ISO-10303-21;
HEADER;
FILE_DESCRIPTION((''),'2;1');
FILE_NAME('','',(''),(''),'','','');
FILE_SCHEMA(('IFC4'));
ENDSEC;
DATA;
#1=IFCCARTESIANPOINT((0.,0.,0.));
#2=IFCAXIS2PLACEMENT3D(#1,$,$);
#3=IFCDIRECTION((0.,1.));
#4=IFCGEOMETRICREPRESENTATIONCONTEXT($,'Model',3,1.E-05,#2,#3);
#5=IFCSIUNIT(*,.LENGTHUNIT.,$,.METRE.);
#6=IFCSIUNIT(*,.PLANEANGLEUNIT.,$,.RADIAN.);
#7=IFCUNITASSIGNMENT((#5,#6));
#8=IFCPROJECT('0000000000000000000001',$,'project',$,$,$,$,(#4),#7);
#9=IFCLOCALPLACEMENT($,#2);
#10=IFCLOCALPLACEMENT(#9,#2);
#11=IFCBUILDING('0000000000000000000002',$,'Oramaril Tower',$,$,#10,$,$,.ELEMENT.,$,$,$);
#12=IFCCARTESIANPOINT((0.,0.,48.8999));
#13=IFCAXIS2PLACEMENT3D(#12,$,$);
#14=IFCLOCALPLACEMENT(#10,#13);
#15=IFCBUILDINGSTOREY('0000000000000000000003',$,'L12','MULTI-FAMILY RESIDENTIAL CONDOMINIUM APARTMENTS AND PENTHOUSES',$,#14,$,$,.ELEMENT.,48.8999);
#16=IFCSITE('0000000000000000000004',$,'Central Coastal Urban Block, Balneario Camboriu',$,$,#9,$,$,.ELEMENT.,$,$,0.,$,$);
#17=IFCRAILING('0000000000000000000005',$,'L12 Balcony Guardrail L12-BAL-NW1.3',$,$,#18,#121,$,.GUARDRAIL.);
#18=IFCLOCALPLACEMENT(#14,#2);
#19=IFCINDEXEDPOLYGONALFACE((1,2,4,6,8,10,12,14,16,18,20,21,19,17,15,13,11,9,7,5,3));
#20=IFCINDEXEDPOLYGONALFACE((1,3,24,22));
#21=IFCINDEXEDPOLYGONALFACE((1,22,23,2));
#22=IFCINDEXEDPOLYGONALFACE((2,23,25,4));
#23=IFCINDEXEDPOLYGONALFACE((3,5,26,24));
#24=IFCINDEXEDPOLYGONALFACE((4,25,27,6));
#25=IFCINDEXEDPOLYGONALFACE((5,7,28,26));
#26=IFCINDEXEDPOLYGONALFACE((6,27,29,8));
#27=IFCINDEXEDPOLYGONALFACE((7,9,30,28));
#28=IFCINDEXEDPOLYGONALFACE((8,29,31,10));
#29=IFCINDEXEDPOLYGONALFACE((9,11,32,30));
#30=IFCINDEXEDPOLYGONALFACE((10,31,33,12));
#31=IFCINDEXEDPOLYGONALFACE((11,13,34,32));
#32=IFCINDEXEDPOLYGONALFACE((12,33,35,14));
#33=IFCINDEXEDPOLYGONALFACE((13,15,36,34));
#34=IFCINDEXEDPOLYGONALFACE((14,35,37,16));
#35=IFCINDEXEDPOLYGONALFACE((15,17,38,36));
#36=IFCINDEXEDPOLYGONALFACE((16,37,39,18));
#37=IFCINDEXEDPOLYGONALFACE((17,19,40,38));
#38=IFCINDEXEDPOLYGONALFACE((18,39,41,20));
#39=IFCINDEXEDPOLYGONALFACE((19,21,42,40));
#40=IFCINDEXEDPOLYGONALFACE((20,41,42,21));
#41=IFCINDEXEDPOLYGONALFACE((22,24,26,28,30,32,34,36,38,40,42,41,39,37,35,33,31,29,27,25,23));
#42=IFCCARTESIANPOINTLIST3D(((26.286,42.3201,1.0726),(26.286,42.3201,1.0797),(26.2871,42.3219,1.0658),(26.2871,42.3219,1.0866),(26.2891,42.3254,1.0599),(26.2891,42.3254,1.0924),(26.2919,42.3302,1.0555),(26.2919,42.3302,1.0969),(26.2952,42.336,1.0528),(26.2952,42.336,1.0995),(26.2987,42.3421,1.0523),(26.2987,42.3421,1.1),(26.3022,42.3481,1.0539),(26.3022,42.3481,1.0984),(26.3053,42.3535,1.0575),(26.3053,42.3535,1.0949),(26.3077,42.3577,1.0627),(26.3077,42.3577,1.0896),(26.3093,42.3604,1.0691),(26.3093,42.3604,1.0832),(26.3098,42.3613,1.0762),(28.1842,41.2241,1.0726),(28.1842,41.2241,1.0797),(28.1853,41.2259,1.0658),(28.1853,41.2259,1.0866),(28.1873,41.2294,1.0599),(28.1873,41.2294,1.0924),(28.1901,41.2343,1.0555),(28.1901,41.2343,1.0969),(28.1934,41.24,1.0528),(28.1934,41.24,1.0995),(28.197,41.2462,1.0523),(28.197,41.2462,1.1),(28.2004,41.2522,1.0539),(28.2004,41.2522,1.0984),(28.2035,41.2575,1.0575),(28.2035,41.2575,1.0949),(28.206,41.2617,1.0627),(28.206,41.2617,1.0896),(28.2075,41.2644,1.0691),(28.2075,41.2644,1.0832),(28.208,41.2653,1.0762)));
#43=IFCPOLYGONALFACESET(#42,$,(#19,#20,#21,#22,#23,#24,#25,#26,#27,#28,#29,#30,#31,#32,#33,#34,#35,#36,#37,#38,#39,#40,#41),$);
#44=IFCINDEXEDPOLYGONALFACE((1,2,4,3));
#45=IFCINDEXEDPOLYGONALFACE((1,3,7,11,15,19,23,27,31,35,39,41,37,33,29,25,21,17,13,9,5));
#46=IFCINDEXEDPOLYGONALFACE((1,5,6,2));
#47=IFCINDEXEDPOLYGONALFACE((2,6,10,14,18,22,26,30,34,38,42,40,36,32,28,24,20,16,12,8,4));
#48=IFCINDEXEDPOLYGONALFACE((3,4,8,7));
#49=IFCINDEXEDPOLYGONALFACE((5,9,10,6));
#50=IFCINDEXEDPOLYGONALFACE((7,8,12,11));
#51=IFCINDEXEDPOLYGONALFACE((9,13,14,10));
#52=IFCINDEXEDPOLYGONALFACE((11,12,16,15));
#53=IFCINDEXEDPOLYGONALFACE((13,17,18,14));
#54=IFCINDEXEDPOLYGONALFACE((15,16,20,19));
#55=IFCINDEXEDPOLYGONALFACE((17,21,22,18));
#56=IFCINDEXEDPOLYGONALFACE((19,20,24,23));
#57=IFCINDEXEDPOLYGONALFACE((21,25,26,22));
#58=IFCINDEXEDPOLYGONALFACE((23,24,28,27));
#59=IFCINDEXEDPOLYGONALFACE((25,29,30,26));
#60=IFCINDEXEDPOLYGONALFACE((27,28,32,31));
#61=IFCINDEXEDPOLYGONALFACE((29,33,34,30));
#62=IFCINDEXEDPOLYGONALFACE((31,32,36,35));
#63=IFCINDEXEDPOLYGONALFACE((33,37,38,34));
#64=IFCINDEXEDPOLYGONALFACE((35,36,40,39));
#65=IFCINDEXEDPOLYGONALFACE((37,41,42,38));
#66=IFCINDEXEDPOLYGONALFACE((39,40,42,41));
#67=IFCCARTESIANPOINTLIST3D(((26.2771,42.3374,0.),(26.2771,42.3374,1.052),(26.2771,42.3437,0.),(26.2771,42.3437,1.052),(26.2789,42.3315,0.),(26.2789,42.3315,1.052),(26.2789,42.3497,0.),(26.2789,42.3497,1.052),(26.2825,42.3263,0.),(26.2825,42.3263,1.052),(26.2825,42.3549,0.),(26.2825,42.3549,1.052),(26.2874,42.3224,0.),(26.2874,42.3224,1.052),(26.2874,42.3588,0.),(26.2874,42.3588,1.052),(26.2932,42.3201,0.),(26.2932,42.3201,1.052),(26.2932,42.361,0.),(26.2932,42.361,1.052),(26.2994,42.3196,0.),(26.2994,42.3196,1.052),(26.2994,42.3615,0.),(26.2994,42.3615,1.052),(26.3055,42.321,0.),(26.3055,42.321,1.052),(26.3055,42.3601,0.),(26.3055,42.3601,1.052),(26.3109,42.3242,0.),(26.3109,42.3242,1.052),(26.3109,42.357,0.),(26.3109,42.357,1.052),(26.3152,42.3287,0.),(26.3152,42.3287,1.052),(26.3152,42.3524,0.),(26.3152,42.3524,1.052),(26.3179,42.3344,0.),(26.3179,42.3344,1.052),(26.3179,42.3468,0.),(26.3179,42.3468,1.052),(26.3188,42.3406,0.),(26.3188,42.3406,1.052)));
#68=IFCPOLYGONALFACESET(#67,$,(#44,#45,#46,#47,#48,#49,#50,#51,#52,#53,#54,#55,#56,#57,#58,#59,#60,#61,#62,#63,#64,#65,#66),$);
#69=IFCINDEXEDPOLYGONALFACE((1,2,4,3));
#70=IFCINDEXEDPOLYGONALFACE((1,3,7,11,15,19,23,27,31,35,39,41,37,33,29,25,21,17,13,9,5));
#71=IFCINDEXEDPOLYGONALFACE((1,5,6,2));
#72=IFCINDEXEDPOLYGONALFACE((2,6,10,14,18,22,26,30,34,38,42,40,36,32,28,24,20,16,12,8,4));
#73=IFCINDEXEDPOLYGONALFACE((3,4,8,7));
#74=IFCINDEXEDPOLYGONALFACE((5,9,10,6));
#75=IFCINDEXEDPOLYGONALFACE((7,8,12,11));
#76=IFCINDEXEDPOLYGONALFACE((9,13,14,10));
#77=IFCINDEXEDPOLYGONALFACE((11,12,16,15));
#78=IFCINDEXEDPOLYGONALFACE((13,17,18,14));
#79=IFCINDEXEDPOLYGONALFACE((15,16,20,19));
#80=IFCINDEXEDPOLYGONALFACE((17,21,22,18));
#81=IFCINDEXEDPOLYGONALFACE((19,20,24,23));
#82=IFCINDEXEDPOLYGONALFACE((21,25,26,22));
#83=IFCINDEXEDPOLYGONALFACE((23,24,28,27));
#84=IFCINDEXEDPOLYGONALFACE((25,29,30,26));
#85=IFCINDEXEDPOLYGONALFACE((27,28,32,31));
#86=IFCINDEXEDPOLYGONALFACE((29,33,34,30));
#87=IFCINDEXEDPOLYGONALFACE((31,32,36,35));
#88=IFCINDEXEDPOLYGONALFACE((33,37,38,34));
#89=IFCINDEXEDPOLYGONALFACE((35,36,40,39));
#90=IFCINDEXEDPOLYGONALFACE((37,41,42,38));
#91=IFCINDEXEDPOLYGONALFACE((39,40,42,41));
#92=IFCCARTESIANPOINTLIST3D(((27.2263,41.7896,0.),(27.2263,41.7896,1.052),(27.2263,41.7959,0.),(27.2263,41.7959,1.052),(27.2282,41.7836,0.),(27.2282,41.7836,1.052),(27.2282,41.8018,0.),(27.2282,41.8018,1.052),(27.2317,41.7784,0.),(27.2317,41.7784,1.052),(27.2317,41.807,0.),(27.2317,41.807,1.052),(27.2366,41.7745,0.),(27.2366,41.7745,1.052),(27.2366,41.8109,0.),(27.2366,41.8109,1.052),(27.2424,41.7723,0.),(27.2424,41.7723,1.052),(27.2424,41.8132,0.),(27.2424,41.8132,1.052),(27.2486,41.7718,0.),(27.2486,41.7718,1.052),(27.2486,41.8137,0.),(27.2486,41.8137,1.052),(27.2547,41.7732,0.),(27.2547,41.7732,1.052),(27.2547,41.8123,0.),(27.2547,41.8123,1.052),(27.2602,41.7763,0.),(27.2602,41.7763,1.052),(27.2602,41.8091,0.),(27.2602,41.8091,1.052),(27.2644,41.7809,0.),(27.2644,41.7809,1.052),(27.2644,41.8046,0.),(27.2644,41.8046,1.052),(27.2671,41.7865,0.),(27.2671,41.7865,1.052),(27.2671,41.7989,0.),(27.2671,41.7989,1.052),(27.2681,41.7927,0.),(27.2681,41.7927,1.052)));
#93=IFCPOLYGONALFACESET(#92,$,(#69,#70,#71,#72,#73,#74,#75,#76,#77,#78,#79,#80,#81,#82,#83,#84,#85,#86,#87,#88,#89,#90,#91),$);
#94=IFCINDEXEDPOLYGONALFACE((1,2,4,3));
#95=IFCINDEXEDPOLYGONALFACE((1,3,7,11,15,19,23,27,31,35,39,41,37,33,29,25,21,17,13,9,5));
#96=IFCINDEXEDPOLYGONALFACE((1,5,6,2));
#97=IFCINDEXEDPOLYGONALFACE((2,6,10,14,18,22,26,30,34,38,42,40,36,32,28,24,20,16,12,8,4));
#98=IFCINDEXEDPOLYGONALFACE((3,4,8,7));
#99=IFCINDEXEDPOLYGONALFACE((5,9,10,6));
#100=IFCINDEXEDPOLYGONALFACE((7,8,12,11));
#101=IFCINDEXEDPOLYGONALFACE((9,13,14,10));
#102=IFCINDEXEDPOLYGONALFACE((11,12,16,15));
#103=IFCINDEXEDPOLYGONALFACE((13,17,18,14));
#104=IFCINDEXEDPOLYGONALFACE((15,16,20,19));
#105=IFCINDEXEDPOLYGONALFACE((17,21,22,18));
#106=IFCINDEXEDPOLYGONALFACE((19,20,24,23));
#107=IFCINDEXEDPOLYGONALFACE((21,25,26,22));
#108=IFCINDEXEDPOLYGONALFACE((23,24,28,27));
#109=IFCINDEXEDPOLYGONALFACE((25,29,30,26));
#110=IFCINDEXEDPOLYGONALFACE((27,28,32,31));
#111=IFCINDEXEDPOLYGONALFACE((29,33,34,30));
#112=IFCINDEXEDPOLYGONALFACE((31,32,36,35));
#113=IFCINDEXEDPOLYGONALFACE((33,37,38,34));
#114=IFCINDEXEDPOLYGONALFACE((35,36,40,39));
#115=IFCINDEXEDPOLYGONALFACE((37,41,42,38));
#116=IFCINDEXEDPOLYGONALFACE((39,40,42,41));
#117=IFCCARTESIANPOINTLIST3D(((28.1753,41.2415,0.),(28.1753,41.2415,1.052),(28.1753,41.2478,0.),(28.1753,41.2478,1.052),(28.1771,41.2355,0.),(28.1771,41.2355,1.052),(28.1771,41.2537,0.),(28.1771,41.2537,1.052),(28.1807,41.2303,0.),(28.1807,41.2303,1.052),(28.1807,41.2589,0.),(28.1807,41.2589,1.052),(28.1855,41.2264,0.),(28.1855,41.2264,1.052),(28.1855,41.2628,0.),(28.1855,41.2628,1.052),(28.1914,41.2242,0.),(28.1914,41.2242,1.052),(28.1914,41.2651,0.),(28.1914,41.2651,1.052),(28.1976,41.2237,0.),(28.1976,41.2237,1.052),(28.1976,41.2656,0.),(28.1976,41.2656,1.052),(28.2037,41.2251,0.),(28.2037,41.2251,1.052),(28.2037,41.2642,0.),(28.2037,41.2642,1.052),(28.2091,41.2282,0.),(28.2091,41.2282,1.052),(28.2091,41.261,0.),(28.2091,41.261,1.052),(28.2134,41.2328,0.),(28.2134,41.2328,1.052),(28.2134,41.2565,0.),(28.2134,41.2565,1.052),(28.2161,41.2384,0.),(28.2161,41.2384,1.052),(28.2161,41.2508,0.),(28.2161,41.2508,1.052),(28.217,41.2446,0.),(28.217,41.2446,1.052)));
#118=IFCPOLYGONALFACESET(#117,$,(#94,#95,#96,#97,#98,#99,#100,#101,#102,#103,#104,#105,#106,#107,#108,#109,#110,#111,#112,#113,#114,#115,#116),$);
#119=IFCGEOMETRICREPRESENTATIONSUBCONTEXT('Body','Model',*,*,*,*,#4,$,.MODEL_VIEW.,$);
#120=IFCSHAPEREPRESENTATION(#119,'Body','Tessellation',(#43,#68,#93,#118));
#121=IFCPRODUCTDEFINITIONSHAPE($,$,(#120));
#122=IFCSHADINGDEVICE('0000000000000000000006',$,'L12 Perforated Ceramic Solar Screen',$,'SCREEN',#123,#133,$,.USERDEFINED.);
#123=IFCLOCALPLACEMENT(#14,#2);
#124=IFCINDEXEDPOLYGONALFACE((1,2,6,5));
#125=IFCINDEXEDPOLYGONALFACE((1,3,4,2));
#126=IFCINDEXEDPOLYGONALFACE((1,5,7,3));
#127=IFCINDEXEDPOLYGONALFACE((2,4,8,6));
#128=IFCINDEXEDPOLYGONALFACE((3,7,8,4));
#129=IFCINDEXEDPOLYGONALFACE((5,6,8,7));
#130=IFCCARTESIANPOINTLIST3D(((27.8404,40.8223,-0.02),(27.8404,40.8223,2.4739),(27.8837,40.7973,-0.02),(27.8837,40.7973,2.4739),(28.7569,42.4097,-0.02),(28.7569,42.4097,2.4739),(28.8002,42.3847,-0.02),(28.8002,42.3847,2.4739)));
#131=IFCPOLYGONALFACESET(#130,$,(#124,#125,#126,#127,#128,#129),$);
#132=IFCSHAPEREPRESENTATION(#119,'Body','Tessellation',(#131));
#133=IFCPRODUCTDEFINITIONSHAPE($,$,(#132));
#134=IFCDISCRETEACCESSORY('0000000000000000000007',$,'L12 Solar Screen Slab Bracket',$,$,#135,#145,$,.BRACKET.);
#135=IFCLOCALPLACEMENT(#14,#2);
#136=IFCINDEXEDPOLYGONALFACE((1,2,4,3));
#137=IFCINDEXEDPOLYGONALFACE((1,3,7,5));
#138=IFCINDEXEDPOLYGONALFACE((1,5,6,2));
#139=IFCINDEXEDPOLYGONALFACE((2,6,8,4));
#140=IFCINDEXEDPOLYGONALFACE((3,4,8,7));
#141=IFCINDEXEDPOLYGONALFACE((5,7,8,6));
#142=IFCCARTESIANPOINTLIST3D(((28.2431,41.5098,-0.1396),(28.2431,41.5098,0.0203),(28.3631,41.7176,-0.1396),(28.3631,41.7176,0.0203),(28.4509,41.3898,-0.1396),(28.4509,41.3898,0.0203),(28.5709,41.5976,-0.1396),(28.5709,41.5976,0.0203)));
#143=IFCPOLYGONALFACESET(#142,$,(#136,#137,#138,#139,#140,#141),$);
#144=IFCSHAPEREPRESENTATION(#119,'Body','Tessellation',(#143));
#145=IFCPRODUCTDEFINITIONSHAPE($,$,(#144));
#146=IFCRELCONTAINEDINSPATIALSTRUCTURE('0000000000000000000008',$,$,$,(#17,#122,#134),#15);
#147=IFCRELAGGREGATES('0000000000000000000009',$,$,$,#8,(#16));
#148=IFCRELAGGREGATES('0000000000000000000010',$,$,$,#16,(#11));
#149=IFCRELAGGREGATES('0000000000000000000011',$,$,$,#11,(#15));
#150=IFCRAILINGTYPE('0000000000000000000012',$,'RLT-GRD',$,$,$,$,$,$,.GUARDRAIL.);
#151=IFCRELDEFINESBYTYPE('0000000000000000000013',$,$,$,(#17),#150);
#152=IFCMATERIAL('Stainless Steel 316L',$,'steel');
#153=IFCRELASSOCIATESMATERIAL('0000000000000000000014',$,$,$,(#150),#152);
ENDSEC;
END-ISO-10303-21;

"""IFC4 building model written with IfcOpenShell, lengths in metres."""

from ifc_helpers import new_model, si_unit, direction, frame, origin, origin_2d, place, context, subcontext, project, spatial, rectangle, circle, extrude, material, type_object, element, save


model = new_model("IFC4")

# Units and contexts
model_context = context("Model", 3, precision=1e-05, world=origin(), true_north=direction((0.0, 1.0)))
body_context = subcontext(model_context, "Body", "Model", "MODEL_VIEW")
ifc_project = project(units=[si_unit("LENGTHUNIT", "METRE"), si_unit("PLANEANGLEUNIT", "RADIAN")], contexts=[model_context])

# Site, building, storey
site_placement = place(None, origin())
site = spatial("IfcSite", under=ifc_project, at=site_placement, Name="Central Coastal Urban Block, Balneario Camboriu", CompositionType="ELEMENT", RefElevation=0.0)
building_placement = place(site_placement, origin())
building = spatial("IfcBuilding", under=site, at=building_placement, Name="Oramaril Tower", CompositionType="ELEMENT")
storey_placement = place(building_placement, frame((0.0, 0.0, 48.8999)))
storey = spatial("IfcBuildingStorey", under=building, at=storey_placement, Name="L12", Description="MULTI-FAMILY RESIDENTIAL CONDOMINIUM APARTMENTS AND PENTHOUSES", CompositionType="ELEMENT", Elevation=48.8999)

# Railing
ifc_material_1 = material(Name="Stainless Steel 316L", Category="steel")
railing_type = type_object("IfcRailingType", Name="RLT-GRD", PredefinedType="GUARDRAIL", material=ifc_material_1)
railing_1_placement = place(storey_placement, frame((26.2979, 42.3406, 0.0)))
element("IfcRailing", 1, at=railing_1_placement, inside=storey, type_object=railing_type, Name="L12 Balcony Guardrail L12-BAL-NW1.3", PredefinedType="GUARDRAIL", context=body_context, shape_type="SweptSolid", body=[
    extrude(circle(Radius=0.0239, at=origin_2d()), frame((0.0, 0.0, 1.0762), z_axis=(0.866021, -0.500008, 0.0), x_axis=(0.500008, 0.866021, 0.0)), (0.0, 0.0, 1.0), 2.1919),
    extrude(circle(Radius=0.021, at=origin_2d()), origin(), (0.0, 0.0, 1.0), 1.052),
    extrude(circle(Radius=0.021, at=origin_2d()), frame((0.9492, -0.5479, 0.0)), (0.0, 0.0, 1.0), 1.052),
    extrude(circle(Radius=0.021, at=origin_2d()), frame((1.8982, -1.0959, 0.0)), (0.0, 0.0, 1.0), 1.052),
])

# Shading device
shading_device_placement = place(storey_placement, frame((28.3203, 41.6035, -0.02), z_axis=(0.0, 0.0, 1.0), x_axis=(-0.5, -0.866025, 0.0)))
element("IfcShadingDevice", 2, at=shading_device_placement, inside=storey, Name="L12 Perforated Ceramic Solar Screen", ObjectType="SCREEN", PredefinedType="USERDEFINED", context=body_context, shape_type="SweptSolid", body=[
    extrude(rectangle(XDim=1.833, YDim=0.05, at=origin_2d()), origin(), (0.0, 0.0, 1.0), 2.4939),
])

# Discrete accessory
discrete_accessory_placement = place(storey_placement, frame((28.407, 41.5537, -0.1396), z_axis=(0.0, 0.0, 1.0), x_axis=(-0.5, -0.866025, 0.0)))
element("IfcDiscreteAccessory", 3, at=discrete_accessory_placement, inside=storey, Name="L12 Solar Screen Slab Bracket", PredefinedType="BRACKET", context=body_context, shape_type="SweptSolid", body=[
    extrude(rectangle(XDim=0.24, YDim=0.24, at=origin_2d()), origin(), (0.0, 0.0, 1.0), 0.1599),
])

save(model, "model.ifc")
